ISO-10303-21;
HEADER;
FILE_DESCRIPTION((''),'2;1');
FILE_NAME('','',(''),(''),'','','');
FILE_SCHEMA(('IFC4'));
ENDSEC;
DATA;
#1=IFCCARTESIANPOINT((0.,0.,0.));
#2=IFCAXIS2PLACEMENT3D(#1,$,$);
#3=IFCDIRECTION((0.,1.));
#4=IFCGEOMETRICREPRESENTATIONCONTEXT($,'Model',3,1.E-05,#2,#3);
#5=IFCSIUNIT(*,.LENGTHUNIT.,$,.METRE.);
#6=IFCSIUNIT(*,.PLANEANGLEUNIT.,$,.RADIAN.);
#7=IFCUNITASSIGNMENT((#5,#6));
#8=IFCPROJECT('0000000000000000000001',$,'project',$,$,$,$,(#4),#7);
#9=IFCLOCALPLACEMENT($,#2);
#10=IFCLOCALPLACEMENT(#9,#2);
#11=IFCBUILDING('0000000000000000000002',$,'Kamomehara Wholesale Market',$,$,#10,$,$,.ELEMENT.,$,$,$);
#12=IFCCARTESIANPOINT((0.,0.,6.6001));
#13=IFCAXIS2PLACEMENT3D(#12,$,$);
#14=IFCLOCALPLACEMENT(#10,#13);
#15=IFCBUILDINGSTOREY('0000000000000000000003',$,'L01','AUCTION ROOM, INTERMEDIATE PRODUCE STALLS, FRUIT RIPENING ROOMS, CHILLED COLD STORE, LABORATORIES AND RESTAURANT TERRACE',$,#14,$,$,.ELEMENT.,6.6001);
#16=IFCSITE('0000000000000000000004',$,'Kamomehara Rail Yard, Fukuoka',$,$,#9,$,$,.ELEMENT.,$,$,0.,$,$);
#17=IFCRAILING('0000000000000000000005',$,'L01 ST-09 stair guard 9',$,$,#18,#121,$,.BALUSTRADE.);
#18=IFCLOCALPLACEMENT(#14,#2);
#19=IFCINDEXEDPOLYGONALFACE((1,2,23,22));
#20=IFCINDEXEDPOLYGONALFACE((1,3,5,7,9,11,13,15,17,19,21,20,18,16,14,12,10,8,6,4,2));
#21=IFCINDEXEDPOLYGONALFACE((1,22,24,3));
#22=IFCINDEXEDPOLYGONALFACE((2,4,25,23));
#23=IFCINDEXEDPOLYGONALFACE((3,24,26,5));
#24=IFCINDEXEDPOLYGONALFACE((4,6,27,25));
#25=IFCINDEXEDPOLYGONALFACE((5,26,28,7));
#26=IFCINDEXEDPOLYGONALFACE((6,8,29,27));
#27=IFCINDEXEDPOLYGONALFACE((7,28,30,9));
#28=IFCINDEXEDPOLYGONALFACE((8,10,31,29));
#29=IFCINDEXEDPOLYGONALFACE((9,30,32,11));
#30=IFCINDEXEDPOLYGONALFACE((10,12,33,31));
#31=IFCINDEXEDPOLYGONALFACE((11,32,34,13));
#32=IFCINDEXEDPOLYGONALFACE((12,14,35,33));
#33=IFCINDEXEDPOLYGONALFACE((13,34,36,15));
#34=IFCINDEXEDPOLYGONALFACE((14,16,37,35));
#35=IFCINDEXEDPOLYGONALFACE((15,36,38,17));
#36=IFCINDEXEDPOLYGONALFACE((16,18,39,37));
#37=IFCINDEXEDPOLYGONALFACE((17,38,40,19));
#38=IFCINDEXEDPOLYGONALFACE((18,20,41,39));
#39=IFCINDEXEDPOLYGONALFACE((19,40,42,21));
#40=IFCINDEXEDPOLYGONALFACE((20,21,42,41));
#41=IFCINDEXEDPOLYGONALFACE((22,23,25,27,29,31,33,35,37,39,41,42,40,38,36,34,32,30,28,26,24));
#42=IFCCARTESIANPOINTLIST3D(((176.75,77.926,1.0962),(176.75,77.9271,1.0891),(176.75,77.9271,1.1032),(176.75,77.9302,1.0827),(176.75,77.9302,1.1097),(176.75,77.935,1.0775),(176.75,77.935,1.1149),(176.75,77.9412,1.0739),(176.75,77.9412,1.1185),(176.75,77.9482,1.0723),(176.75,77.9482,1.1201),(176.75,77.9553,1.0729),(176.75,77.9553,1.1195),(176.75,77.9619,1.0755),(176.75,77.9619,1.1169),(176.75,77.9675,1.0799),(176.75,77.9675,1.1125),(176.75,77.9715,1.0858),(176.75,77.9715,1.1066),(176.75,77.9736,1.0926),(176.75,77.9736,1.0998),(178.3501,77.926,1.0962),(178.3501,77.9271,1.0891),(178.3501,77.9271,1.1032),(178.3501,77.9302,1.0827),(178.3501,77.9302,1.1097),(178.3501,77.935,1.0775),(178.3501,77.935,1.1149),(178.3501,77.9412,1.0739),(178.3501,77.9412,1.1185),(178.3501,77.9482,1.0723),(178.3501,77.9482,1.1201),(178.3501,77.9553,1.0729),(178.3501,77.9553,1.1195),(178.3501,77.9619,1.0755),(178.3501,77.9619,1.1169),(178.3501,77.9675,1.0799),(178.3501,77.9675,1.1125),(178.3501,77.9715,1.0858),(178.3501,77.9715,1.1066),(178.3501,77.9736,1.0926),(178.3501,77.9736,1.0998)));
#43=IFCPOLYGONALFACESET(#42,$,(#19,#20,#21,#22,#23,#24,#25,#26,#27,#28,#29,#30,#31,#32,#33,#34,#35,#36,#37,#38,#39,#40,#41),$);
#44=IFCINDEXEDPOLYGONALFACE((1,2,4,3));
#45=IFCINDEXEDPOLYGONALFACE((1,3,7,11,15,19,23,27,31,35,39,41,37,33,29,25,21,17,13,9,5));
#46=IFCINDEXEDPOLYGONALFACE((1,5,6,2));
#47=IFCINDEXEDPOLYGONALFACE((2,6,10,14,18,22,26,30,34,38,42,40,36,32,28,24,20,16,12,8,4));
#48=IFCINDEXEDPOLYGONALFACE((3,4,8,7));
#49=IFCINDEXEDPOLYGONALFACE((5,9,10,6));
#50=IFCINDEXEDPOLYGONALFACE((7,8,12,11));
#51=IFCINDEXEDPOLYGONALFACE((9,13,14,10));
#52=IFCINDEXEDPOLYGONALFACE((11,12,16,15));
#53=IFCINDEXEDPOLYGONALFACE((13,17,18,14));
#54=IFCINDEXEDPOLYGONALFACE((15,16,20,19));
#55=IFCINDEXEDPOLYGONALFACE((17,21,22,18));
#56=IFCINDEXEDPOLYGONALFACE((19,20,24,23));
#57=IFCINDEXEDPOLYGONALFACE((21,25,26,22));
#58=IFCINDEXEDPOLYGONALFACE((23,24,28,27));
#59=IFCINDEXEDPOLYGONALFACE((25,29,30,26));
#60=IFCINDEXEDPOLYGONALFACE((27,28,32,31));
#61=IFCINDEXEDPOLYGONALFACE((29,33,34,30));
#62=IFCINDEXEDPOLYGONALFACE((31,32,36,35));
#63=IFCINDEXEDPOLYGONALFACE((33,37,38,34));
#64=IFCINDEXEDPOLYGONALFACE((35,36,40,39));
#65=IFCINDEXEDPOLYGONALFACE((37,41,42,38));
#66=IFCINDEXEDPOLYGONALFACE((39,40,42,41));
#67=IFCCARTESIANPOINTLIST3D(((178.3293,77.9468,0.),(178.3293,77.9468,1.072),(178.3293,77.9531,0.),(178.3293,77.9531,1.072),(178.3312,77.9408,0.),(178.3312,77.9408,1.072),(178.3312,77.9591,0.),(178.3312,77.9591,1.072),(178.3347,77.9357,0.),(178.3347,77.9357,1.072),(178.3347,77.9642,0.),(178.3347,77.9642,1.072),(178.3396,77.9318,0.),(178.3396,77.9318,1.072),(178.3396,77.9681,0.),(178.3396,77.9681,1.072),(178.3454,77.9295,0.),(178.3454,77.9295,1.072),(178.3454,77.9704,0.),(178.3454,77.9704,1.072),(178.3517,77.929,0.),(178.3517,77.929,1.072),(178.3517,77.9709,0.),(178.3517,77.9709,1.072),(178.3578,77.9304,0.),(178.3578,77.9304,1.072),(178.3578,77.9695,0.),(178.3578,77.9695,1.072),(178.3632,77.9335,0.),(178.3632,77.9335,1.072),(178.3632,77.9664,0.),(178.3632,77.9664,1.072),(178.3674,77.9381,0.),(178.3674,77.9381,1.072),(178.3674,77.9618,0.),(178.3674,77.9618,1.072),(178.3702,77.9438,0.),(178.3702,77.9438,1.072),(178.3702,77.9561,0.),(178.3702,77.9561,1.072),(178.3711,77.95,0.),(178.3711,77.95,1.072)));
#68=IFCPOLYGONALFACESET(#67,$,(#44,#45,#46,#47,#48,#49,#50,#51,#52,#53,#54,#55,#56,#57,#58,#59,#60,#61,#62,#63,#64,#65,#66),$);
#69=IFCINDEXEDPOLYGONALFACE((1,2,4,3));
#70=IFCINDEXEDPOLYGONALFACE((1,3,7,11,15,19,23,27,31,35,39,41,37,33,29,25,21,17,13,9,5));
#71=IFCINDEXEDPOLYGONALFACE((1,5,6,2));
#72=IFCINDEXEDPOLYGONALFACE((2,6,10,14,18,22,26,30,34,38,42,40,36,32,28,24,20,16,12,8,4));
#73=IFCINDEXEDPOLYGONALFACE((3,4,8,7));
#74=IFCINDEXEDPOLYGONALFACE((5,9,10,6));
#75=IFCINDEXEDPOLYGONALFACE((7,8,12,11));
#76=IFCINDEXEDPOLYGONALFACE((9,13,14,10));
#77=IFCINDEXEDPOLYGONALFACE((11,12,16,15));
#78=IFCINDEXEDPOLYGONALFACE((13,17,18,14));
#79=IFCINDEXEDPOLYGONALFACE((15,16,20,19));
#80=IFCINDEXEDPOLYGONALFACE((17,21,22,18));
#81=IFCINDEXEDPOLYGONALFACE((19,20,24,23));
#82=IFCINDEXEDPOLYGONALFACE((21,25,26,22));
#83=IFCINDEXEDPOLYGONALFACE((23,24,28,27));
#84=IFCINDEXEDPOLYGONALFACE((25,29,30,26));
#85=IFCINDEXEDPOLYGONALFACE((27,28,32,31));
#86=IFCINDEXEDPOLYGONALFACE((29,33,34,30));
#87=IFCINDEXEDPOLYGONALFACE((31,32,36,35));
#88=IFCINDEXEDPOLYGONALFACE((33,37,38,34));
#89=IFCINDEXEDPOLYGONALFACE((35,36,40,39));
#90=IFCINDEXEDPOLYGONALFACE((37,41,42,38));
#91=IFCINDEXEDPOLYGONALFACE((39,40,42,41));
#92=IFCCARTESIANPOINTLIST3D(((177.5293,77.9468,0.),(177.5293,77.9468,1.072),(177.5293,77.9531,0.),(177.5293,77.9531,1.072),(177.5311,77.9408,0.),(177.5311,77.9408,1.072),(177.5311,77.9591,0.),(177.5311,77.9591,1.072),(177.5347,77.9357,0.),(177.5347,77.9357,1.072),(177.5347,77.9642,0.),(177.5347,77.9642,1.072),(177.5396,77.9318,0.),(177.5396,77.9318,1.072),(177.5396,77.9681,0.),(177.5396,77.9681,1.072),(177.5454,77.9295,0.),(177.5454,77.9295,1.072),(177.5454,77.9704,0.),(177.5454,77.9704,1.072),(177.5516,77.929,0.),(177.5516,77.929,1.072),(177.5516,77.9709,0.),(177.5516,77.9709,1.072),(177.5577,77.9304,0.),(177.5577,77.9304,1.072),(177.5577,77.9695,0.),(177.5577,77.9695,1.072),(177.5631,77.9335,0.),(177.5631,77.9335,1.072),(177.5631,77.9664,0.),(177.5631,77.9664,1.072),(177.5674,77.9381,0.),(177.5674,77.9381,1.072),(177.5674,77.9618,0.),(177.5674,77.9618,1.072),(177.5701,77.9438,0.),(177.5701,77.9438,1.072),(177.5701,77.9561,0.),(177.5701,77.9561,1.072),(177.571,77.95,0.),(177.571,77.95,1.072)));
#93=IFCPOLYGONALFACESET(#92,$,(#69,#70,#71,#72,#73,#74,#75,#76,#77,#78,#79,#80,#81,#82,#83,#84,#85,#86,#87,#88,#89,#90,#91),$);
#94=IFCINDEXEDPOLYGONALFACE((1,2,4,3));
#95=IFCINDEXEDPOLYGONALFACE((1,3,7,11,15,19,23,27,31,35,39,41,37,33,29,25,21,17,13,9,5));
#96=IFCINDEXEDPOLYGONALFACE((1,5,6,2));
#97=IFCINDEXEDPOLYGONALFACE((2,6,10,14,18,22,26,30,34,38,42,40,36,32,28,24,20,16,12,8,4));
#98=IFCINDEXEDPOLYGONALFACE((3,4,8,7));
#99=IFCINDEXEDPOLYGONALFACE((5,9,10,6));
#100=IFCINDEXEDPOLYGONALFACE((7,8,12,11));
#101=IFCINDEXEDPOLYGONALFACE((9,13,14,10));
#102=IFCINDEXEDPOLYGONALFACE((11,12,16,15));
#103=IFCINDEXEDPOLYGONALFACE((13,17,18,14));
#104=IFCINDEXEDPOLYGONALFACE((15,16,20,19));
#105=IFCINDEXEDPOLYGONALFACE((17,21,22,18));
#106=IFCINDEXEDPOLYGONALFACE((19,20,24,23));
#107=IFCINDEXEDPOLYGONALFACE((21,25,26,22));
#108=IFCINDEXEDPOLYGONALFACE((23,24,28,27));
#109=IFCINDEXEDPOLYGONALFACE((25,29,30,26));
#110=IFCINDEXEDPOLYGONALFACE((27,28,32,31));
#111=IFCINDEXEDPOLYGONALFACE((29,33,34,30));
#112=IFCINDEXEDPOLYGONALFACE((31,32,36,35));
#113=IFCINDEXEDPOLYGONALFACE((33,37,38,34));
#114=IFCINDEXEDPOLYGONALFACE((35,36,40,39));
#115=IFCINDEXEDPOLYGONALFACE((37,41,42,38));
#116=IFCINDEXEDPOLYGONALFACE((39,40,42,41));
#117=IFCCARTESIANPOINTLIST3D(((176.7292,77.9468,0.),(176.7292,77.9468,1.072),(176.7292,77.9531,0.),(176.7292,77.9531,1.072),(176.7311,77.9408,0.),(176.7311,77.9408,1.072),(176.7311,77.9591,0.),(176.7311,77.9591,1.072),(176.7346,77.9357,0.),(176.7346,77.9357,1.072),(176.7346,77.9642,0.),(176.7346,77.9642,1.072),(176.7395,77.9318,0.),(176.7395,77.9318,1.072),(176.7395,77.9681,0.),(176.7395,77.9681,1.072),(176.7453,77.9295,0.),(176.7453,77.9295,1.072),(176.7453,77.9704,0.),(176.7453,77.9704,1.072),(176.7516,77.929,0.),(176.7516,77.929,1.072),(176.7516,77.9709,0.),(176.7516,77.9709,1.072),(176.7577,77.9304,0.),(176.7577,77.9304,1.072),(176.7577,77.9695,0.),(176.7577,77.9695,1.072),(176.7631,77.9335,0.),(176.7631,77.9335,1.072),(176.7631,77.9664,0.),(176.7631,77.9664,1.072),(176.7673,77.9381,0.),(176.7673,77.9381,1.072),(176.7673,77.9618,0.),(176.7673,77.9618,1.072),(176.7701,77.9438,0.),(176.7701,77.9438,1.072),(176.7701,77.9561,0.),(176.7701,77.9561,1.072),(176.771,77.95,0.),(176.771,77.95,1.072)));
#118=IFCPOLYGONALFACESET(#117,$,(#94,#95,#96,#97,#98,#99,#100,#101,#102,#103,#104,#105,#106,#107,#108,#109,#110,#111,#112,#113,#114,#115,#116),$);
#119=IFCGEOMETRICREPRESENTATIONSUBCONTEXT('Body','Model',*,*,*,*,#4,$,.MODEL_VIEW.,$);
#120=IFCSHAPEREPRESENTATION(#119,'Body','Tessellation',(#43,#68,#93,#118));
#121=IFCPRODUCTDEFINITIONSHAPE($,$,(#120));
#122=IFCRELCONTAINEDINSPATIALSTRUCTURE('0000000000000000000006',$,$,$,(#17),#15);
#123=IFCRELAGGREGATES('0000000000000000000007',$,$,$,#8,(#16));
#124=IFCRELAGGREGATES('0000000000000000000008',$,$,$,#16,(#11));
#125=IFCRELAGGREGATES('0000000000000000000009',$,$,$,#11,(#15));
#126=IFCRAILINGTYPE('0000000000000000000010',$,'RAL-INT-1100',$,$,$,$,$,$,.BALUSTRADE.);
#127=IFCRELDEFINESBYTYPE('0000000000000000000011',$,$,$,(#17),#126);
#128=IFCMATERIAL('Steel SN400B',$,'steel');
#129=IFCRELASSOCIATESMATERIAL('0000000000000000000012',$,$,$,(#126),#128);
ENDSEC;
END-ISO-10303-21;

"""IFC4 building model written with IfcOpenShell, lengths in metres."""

from ifc_helpers import new_model, si_unit, direction, frame, origin, origin_2d, place, context, subcontext, project, spatial, circle, extrude, material, type_object, element, save


model = new_model("IFC4")

# Units and contexts
model_context = context("Model", 3, precision=1e-05, world=origin(), true_north=direction((0.0, 1.0)))
body_context = subcontext(model_context, "Body", "Model", "MODEL_VIEW")
ifc_project = project(units=[si_unit("LENGTHUNIT", "METRE"), si_unit("PLANEANGLEUNIT", "RADIAN")], contexts=[model_context])

# Site, building, storey
site_placement = place(None, origin())
site = spatial("IfcSite", under=ifc_project, at=site_placement, Name="Kamomehara Rail Yard, Fukuoka", CompositionType="ELEMENT", RefElevation=0.0)
building_placement = place(site_placement, origin())
building = spatial("IfcBuilding", under=site, at=building_placement, Name="Kamomehara Wholesale Market", CompositionType="ELEMENT")
storey_placement = place(building_placement, frame((0.0, 0.0, 6.6001)))
storey = spatial("IfcBuildingStorey", under=building, at=storey_placement, Name="L01", Description="AUCTION ROOM, INTERMEDIATE PRODUCE STALLS, FRUIT RIPENING ROOMS, CHILLED COLD STORE, LABORATORIES AND RESTAURANT TERRACE", CompositionType="ELEMENT", Elevation=6.6001)

# Railing
ifc_material_1 = material(Name="Steel SN400B", Category="steel")
railing_type_1 = type_object("IfcRailingType", Name="RAL-INT-1100", PredefinedType="BALUSTRADE", material=ifc_material_1)
for number, where, name in (
    (1, (178.3501, 77.95, 0.0), "L01 ST-09 stair guard 9"),
):
    element("IfcRailing", number, at=place(storey_placement, frame(where)), inside=storey, type_object=railing_type_1, Name=name, PredefinedType="BALUSTRADE", context=body_context, shape_type="SweptSolid", body=[
        extrude(circle(Radius=0.0239, at=origin_2d()), frame((0.0, 0.0, 1.0962), z_axis=(-1.0, 0.0, 0.0), x_axis=(0.0, -1.0, 0.0)), (0.0, 0.0, 1.0), 1.6001),
        extrude(circle(Radius=0.021, at=origin_2d()), origin(), (0.0, 0.0, 1.0), 1.072),
        extrude(circle(Radius=0.021, at=origin_2d()), frame((-0.8, 0.0, 0.0)), (0.0, 0.0, 1.0), 1.072),
        extrude(circle(Radius=0.021, at=origin_2d()), frame((-1.6001, 0.0, 0.0)), (0.0, 0.0, 1.0), 1.072),
    ])

save(model, "model.ifc")
